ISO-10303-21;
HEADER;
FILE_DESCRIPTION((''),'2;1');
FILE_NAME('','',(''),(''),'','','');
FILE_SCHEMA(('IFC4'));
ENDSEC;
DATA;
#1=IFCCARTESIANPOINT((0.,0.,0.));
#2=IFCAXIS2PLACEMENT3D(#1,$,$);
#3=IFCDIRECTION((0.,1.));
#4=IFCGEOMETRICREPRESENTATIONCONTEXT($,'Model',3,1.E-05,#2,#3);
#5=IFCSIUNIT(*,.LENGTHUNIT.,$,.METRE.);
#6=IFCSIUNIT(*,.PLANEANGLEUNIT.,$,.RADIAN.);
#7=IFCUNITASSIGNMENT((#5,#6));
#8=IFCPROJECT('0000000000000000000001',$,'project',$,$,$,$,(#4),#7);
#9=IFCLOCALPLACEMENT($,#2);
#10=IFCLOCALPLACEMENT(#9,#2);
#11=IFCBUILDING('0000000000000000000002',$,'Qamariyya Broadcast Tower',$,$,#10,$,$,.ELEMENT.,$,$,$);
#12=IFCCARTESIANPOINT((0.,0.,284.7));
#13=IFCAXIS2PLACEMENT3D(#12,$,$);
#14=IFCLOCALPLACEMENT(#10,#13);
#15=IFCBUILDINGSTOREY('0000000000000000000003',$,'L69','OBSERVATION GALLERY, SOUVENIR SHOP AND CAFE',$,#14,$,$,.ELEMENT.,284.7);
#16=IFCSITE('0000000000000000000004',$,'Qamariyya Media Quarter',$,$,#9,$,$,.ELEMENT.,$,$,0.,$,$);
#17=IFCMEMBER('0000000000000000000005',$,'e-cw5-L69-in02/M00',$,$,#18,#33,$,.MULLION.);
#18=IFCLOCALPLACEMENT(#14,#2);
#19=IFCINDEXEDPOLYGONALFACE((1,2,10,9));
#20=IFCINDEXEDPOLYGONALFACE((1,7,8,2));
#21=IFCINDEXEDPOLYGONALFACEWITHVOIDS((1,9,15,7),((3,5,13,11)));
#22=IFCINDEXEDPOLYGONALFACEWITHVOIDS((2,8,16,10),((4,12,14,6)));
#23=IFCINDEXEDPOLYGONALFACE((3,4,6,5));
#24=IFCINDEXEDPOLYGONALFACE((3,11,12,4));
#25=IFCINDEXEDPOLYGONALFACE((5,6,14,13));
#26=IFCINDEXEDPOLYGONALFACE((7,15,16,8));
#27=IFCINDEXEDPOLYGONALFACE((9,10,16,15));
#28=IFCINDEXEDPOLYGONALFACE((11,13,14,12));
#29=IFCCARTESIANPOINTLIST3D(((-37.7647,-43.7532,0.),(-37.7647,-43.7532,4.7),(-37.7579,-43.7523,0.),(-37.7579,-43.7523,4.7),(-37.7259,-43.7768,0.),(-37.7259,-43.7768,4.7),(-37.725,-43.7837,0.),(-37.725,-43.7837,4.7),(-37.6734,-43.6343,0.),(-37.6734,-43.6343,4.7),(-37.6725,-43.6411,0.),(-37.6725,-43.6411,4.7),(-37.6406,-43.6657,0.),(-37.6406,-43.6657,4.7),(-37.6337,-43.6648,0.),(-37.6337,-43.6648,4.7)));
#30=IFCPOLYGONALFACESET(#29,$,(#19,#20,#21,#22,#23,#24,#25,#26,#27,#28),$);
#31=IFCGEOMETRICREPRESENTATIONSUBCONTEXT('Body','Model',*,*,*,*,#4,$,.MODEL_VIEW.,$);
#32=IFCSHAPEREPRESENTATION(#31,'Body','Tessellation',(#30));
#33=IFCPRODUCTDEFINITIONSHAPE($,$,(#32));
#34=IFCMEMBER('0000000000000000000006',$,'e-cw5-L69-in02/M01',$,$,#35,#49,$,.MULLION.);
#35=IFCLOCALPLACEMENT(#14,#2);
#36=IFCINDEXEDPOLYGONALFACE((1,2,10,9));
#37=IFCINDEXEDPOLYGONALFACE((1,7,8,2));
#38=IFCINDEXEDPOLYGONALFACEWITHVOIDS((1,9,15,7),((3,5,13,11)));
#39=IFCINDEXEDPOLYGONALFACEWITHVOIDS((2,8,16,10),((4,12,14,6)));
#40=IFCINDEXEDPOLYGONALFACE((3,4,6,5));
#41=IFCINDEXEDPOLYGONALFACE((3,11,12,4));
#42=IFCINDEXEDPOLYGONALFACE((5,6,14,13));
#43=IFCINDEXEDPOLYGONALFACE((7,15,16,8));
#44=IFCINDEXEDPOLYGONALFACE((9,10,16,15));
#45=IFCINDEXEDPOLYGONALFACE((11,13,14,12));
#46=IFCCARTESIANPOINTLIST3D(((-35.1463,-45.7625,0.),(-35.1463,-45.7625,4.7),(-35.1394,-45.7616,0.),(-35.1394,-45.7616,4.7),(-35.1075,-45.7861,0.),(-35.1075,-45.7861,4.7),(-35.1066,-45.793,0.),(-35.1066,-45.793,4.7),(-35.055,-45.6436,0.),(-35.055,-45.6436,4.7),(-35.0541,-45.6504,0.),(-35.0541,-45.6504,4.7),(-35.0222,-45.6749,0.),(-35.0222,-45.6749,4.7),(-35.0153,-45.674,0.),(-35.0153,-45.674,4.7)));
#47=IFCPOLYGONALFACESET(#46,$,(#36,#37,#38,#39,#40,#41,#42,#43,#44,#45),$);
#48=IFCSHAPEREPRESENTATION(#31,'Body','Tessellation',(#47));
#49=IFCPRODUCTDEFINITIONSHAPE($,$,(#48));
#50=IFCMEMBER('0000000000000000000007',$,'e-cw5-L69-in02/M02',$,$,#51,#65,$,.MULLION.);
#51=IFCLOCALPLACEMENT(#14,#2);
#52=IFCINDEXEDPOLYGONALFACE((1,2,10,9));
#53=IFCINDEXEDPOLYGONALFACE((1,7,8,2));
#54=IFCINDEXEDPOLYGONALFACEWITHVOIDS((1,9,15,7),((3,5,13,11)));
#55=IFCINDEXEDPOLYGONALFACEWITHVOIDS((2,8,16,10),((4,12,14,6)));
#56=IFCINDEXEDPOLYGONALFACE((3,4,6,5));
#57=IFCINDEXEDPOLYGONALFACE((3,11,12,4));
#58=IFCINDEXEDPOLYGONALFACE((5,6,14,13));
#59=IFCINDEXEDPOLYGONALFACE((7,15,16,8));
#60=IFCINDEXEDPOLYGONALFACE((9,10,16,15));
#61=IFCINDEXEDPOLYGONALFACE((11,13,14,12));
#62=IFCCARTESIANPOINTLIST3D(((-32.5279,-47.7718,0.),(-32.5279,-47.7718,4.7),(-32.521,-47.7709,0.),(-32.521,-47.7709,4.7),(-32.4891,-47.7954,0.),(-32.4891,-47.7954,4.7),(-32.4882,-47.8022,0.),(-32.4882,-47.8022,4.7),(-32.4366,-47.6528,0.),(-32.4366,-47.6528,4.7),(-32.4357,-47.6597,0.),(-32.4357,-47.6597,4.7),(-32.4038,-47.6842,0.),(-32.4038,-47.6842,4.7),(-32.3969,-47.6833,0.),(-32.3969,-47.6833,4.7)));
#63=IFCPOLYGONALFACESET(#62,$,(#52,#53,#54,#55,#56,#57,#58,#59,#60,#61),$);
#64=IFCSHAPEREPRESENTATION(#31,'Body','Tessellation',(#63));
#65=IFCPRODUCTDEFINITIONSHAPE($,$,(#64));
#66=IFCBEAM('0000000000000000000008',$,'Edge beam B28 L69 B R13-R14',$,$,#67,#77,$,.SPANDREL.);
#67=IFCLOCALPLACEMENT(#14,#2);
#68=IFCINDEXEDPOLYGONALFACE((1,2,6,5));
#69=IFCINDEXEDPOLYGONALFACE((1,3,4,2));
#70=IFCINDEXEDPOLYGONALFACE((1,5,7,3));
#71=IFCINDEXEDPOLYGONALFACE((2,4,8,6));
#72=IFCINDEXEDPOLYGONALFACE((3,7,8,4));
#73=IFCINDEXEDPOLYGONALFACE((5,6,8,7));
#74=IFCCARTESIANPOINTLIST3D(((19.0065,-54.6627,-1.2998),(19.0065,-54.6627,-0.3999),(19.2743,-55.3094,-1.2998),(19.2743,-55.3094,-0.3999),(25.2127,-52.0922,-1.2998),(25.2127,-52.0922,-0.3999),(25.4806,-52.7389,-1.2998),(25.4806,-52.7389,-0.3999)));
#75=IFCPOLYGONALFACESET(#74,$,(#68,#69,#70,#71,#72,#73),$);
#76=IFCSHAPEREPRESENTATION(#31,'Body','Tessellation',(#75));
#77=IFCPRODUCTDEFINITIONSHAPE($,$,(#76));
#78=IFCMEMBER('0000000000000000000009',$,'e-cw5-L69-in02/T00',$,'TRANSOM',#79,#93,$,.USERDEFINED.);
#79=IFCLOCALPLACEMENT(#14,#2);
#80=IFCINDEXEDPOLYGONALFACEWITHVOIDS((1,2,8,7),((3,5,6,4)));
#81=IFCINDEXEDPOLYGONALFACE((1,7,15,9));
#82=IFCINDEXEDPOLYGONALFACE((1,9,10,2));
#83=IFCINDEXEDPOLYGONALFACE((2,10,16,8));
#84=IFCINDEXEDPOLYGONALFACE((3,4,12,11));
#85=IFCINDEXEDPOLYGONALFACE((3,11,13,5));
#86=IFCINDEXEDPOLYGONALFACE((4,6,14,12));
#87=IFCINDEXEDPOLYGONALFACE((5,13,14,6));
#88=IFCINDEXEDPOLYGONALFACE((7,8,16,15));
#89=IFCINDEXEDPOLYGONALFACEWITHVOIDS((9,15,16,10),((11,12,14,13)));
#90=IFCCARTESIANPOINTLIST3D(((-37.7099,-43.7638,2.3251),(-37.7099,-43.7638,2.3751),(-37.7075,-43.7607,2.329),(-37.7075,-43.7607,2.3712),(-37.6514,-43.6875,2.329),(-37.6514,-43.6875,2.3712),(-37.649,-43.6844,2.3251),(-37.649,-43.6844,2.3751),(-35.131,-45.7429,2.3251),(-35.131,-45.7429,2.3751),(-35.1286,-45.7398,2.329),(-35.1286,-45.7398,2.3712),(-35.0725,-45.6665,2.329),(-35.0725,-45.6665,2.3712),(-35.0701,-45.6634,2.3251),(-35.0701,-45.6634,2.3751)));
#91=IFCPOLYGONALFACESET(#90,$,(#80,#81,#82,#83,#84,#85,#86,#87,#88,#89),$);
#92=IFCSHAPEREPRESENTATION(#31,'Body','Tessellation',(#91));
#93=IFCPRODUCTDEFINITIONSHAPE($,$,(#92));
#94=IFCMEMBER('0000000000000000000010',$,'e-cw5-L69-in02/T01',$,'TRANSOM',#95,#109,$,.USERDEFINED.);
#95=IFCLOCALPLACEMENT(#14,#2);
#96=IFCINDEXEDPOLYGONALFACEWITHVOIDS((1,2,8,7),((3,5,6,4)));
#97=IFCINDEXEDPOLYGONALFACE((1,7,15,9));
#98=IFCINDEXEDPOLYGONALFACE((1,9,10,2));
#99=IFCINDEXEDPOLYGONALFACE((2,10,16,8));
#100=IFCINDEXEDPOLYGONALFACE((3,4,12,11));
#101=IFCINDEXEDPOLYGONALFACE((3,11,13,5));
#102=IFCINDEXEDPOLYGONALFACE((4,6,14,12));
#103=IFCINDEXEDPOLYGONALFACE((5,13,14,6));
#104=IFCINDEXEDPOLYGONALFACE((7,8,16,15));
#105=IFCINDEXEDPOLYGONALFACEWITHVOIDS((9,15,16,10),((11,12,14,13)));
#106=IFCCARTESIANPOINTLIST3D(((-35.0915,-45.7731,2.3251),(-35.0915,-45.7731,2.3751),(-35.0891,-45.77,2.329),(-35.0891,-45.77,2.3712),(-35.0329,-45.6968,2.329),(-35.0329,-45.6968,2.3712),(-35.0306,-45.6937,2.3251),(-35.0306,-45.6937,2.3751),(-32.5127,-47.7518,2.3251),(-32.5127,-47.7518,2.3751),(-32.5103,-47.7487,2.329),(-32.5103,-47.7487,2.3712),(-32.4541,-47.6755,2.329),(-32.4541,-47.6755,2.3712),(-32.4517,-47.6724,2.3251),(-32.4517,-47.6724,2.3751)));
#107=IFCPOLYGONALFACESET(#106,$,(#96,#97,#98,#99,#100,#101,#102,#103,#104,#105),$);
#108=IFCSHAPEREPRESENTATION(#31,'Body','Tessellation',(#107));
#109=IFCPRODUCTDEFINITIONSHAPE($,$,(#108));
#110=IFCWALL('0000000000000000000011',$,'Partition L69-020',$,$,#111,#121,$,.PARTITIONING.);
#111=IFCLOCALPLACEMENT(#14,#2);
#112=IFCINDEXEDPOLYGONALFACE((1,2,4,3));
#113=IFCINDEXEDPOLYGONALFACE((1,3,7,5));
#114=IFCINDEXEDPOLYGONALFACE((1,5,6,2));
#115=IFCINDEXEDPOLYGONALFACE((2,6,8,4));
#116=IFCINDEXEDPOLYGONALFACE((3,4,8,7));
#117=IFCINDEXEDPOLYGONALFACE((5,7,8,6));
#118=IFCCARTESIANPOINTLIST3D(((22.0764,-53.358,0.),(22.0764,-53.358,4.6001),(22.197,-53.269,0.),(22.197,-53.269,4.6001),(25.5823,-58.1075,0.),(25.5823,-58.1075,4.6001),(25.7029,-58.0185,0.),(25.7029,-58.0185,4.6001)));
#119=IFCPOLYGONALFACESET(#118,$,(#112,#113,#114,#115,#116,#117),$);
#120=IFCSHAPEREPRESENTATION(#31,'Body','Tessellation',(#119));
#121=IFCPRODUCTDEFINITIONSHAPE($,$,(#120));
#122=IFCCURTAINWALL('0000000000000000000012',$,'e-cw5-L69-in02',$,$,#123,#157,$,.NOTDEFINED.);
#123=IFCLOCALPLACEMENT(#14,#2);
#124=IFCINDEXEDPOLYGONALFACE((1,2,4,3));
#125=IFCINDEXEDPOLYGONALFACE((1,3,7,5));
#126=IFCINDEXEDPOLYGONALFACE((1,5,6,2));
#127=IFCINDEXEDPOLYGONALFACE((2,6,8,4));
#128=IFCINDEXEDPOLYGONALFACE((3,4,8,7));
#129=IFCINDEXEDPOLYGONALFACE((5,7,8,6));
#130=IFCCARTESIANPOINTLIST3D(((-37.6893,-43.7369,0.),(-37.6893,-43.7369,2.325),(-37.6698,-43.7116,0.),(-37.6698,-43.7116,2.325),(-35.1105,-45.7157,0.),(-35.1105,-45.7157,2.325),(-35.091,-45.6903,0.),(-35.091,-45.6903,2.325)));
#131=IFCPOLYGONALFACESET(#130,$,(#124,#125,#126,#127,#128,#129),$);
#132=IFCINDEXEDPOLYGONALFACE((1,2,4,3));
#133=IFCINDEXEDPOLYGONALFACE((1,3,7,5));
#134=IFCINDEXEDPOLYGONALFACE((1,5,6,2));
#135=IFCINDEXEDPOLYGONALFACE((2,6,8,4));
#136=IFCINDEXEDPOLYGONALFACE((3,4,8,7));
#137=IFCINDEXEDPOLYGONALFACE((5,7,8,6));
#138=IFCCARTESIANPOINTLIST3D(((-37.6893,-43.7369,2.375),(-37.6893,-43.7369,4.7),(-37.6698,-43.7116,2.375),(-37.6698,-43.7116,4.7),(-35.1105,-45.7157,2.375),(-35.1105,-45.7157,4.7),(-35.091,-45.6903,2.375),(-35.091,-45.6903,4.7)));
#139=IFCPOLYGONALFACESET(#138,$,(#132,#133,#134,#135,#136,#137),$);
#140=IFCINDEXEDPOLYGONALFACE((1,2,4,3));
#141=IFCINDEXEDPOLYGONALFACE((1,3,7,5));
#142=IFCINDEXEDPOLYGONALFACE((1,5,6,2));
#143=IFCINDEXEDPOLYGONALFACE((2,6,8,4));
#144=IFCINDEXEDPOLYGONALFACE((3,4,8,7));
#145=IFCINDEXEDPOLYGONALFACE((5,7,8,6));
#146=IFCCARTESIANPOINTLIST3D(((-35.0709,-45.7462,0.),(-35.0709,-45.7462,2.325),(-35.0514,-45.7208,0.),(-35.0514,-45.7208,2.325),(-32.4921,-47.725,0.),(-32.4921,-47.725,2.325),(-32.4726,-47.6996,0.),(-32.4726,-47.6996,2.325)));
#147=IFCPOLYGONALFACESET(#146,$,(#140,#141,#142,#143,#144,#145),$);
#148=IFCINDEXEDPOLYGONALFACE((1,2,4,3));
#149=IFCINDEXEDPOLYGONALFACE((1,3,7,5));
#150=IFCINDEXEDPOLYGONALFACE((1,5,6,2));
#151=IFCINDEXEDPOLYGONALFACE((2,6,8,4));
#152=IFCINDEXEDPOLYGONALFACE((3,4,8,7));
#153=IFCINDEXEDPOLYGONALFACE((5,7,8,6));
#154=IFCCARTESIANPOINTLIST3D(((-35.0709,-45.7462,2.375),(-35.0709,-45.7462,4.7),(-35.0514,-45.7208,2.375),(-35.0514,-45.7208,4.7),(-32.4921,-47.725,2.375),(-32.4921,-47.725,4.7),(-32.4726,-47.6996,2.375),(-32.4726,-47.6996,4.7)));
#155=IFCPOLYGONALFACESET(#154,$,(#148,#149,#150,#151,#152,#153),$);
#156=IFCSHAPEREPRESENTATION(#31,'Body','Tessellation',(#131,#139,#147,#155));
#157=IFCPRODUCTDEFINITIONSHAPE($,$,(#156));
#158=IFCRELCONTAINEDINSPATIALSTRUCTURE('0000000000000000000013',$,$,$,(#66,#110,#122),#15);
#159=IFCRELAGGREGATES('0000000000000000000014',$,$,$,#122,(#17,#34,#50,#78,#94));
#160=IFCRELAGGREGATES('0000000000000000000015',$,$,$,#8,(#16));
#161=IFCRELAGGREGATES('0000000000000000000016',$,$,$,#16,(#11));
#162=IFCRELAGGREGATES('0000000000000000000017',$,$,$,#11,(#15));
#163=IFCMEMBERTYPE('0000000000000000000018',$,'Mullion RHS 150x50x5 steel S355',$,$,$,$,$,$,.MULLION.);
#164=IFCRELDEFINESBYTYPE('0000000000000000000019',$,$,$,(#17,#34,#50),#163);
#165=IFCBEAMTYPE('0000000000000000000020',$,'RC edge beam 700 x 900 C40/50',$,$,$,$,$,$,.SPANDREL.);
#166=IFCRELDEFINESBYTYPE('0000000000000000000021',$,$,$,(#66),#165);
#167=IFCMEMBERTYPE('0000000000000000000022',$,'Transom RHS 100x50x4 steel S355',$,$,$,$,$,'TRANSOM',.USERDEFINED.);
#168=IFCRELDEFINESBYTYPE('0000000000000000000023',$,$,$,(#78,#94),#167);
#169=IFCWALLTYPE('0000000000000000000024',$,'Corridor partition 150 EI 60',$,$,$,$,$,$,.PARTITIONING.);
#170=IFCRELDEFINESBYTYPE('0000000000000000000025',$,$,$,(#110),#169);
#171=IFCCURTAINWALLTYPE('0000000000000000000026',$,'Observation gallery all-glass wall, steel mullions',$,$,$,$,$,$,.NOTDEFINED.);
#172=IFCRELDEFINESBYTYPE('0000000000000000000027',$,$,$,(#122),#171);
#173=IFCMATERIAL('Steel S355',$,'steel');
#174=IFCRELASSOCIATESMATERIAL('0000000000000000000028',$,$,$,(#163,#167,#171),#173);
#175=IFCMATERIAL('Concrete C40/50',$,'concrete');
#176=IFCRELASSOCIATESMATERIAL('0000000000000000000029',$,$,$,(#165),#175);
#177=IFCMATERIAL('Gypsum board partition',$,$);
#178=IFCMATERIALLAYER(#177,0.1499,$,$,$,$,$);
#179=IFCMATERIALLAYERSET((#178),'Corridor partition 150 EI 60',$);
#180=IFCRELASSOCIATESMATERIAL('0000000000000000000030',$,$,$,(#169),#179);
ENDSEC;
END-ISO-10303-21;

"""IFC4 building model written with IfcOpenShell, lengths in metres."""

from ifc_helpers import new_model, si_unit, direction, frame, frame_2d, origin, origin_2d, place, context, subcontext, project, spatial, rectangle, hollow_rectangle, extrude, material, layer, layer_set, material_profile, profile_set, type_object, element, aggregate, save


model = new_model("IFC4")

# Units and contexts
model_context = context("Model", 3, precision=1e-05, world=origin(), true_north=direction((0.0, 1.0)))
body_context = subcontext(model_context, "Body", "Model", "MODEL_VIEW")
ifc_project = project(units=[si_unit("LENGTHUNIT", "METRE"), si_unit("PLANEANGLEUNIT", "RADIAN")], contexts=[model_context])

# Site, building, storey
site_placement = place(None, origin())
site = spatial("IfcSite", under=ifc_project, at=site_placement, Name="Qamariyya Media Quarter", CompositionType="ELEMENT", RefElevation=0.0)
building_placement = place(site_placement, origin())
building = spatial("IfcBuilding", under=site, at=building_placement, Name="Qamariyya Broadcast Tower", CompositionType="ELEMENT")
storey_placement = place(building_placement, frame((0.0, 0.0, 284.7)))
storey = spatial("IfcBuildingStorey", under=building, at=storey_placement, Name="L69", Description="OBSERVATION GALLERY, SOUVENIR SHOP AND CAFE", CompositionType="ELEMENT", Elevation=284.7)

# Members
ifc_material_1 = material(Name="Steel S355", Category="steel")
ifc_material_profile_1 = material_profile(ifc_material_1, hollow_rectangle(XDim=0.1499, YDim=0.05, WallThickness=0.0049, at=origin_2d()))
ifc_profile_set_1 = profile_set([ifc_material_profile_1], Name="Steel S355")
member_type_1 = type_object("IfcMemberType", Name="Mullion RHS 150x50x5 steel S355", PredefinedType="MULLION", material=ifc_profile_set_1)
member_1_placement = place(storey_placement, frame((-37.6992, -43.709, 0.0), z_axis=(0.0, 0.0, 1.0), x_axis=(0.608761, 0.793353, 0.0)))
member_1 = element("IfcMember", 1, at=member_1_placement, type_object=member_type_1, Name="e-cw5-L69-in02/M00", PredefinedType="MULLION", context=body_context, shape_type="SweptSolid", body=[
    extrude(hollow_rectangle(XDim=0.1499, YDim=0.05, WallThickness=0.0049, at=origin_2d()), origin(), (0.0, 0.0, 1.0), 4.7),
])
member_2_placement = place(storey_placement, frame((-35.0808, -45.7183, 0.0), z_axis=(0.0, 0.0, 1.0), x_axis=(0.608761, 0.793353, 0.0)))
member_2 = element("IfcMember", 2, at=member_2_placement, type_object=member_type_1, Name="e-cw5-L69-in02/M01", PredefinedType="MULLION", context=body_context, shape_type="SweptSolid", body=[
    extrude(hollow_rectangle(XDim=0.1499, YDim=0.05, WallThickness=0.0049, at=origin_2d()), origin(), (0.0, 0.0, 1.0), 4.7),
])
member_3_placement = place(storey_placement, frame((-32.4624, -47.7275, 0.0), z_axis=(0.0, 0.0, 1.0), x_axis=(0.608761, 0.793353, 0.0)))
member_3 = element("IfcMember", 3, at=member_3_placement, type_object=member_type_1, Name="e-cw5-L69-in02/M02", PredefinedType="MULLION", context=body_context, shape_type="SweptSolid", body=[
    extrude(hollow_rectangle(XDim=0.1499, YDim=0.05, WallThickness=0.0049, at=origin_2d()), origin(), (0.0, 0.0, 1.0), 4.7),
])

# Beam
ifc_material_2 = material(Name="Concrete C40/50", Category="concrete")
ifc_material_profile_2 = material_profile(ifc_material_2, rectangle(XDim=0.7, YDim=0.8999, at=origin_2d()))
ifc_profile_set_2 = profile_set([ifc_material_profile_2], Name="Concrete C40/50")
beam_type = type_object("IfcBeamType", Name="RC edge beam 700 x 900 C40/50", PredefinedType="SPANDREL", material=ifc_profile_set_2)
beam_placement = place(storey_placement, frame((19.1404, -54.9861, -0.8499), z_axis=(0.923889, 0.382661, 0.0), x_axis=(-0.382661, 0.923889, 0.0)))
element("IfcBeam", 4, at=beam_placement, inside=storey, type_object=beam_type, Name="Edge beam B28 L69 B R13-R14", PredefinedType="SPANDREL", context=body_context, shape_type="SweptSolid", body=[
    extrude(rectangle(XDim=0.7, YDim=0.8999, at=origin_2d()), origin(), (0.0, 0.0, 1.0), 6.7175),
])

# Members
ifc_material_profile_3 = material_profile(ifc_material_1, hollow_rectangle(XDim=0.1001, YDim=0.05, WallThickness=0.0039, at=origin_2d()))
ifc_profile_set_3 = profile_set([ifc_material_profile_3], Name="Steel S355")
member_type_2 = type_object("IfcMemberType", Name="Transom RHS 100x50x4 steel S355", ElementType="TRANSOM", PredefinedType="USERDEFINED", material=ifc_profile_set_3)
member_4_placement = place(storey_placement, frame((-37.6794, -43.7241, 2.3501), z_axis=(0.793327, -0.608796, 0.0), x_axis=(0.608796, 0.793327, 0.0)))
member_4 = element("IfcMember", 5, at=member_4_placement, type_object=member_type_2, Name="e-cw5-L69-in02/T00", ObjectType="TRANSOM", PredefinedType="USERDEFINED", context=body_context, shape_type="SweptSolid", body=[
    extrude(hollow_rectangle(XDim=0.1001, YDim=0.05, WallThickness=0.0039, at=origin_2d()), origin(), (0.0, 0.0, 1.0), 3.2507),
])
member_5_placement = place(storey_placement, frame((-35.061, -45.7334, 2.3501), z_axis=(0.793363, -0.608748, 0.0), x_axis=(0.608748, 0.793363, 0.0)))
member_5 = element("IfcMember", 6, at=member_5_placement, type_object=member_type_2, Name="e-cw5-L69-in02/T01", ObjectType="TRANSOM", PredefinedType="USERDEFINED", context=body_context, shape_type="SweptSolid", body=[
    extrude(hollow_rectangle(XDim=0.1001, YDim=0.05, WallThickness=0.0039, at=origin_2d()), origin(), (0.0, 0.0, 1.0), 3.2505),
])

# Wall
ifc_material_3 = material(Name="Gypsum board partition")
ifc_layer = layer(ifc_material_3, 0.1499)
ifc_layer_set = layer_set([ifc_layer], Name="Corridor partition 150 EI 60")
wall_type = type_object("IfcWallType", Name="Corridor partition 150 EI 60", PredefinedType="PARTITIONING", material=ifc_layer_set)
wall_placement = place(storey_placement, frame((22.1367, -53.3135, 0.0), z_axis=(0.0, 0.0, 1.0), x_axis=(0.593882, -0.804552, 0.0)))
element("IfcWall", 7, at=wall_placement, inside=storey, type_object=wall_type, Name="Partition L69-020", PredefinedType="PARTITIONING", context=body_context, shape_type="SweptSolid", body=[
    extrude(rectangle(XDim=5.9033, YDim=0.1499, at=frame_2d((2.9517, 0.0))), origin(), (0.0, 0.0, 1.0), 4.6001),
])

# Curtain wall
curtain_wall_type_1 = type_object("IfcCurtainWallType", Name="Observation gallery all-glass wall, steel mullions", PredefinedType="NOTDEFINED", material=ifc_material_1)
curtain_wall_1_placement = place(storey_placement, origin())
curtain_wall_1 = element("IfcCurtainWall", 8, at=curtain_wall_1_placement, inside=storey, type_object=curtain_wall_type_1, Name="e-cw5-L69-in02", PredefinedType="NOTDEFINED", context=body_context, shape_type="SweptSolid", body=[
    extrude(rectangle(XDim=3.2505, YDim=0.032, at=origin_2d()), frame((-36.3901, -44.7136, 0.0), x_axis=(0.793358, -0.608756, 0.0)), (0.0, 0.0, 1.0), 2.325),
    extrude(rectangle(XDim=3.2505, YDim=0.032, at=origin_2d()), frame((-36.3901, -44.7136, 2.375), x_axis=(0.793358, -0.608756, 0.0)), (0.0, 0.0, 1.0), 2.325),
    extrude(rectangle(XDim=3.2505, YDim=0.032, at=origin_2d()), frame((-33.7717, -46.7229, 0.0), x_axis=(0.793358, -0.608756, 0.0)), (0.0, 0.0, 1.0), 2.325),
    extrude(rectangle(XDim=3.2505, YDim=0.032, at=origin_2d()), frame((-33.7717, -46.7229, 2.375), x_axis=(0.793358, -0.608756, 0.0)), (0.0, 0.0, 1.0), 2.325),
])
aggregate(curtain_wall_1, [member_1, member_2, member_3, member_4, member_5])

save(model, "model.ifc")
